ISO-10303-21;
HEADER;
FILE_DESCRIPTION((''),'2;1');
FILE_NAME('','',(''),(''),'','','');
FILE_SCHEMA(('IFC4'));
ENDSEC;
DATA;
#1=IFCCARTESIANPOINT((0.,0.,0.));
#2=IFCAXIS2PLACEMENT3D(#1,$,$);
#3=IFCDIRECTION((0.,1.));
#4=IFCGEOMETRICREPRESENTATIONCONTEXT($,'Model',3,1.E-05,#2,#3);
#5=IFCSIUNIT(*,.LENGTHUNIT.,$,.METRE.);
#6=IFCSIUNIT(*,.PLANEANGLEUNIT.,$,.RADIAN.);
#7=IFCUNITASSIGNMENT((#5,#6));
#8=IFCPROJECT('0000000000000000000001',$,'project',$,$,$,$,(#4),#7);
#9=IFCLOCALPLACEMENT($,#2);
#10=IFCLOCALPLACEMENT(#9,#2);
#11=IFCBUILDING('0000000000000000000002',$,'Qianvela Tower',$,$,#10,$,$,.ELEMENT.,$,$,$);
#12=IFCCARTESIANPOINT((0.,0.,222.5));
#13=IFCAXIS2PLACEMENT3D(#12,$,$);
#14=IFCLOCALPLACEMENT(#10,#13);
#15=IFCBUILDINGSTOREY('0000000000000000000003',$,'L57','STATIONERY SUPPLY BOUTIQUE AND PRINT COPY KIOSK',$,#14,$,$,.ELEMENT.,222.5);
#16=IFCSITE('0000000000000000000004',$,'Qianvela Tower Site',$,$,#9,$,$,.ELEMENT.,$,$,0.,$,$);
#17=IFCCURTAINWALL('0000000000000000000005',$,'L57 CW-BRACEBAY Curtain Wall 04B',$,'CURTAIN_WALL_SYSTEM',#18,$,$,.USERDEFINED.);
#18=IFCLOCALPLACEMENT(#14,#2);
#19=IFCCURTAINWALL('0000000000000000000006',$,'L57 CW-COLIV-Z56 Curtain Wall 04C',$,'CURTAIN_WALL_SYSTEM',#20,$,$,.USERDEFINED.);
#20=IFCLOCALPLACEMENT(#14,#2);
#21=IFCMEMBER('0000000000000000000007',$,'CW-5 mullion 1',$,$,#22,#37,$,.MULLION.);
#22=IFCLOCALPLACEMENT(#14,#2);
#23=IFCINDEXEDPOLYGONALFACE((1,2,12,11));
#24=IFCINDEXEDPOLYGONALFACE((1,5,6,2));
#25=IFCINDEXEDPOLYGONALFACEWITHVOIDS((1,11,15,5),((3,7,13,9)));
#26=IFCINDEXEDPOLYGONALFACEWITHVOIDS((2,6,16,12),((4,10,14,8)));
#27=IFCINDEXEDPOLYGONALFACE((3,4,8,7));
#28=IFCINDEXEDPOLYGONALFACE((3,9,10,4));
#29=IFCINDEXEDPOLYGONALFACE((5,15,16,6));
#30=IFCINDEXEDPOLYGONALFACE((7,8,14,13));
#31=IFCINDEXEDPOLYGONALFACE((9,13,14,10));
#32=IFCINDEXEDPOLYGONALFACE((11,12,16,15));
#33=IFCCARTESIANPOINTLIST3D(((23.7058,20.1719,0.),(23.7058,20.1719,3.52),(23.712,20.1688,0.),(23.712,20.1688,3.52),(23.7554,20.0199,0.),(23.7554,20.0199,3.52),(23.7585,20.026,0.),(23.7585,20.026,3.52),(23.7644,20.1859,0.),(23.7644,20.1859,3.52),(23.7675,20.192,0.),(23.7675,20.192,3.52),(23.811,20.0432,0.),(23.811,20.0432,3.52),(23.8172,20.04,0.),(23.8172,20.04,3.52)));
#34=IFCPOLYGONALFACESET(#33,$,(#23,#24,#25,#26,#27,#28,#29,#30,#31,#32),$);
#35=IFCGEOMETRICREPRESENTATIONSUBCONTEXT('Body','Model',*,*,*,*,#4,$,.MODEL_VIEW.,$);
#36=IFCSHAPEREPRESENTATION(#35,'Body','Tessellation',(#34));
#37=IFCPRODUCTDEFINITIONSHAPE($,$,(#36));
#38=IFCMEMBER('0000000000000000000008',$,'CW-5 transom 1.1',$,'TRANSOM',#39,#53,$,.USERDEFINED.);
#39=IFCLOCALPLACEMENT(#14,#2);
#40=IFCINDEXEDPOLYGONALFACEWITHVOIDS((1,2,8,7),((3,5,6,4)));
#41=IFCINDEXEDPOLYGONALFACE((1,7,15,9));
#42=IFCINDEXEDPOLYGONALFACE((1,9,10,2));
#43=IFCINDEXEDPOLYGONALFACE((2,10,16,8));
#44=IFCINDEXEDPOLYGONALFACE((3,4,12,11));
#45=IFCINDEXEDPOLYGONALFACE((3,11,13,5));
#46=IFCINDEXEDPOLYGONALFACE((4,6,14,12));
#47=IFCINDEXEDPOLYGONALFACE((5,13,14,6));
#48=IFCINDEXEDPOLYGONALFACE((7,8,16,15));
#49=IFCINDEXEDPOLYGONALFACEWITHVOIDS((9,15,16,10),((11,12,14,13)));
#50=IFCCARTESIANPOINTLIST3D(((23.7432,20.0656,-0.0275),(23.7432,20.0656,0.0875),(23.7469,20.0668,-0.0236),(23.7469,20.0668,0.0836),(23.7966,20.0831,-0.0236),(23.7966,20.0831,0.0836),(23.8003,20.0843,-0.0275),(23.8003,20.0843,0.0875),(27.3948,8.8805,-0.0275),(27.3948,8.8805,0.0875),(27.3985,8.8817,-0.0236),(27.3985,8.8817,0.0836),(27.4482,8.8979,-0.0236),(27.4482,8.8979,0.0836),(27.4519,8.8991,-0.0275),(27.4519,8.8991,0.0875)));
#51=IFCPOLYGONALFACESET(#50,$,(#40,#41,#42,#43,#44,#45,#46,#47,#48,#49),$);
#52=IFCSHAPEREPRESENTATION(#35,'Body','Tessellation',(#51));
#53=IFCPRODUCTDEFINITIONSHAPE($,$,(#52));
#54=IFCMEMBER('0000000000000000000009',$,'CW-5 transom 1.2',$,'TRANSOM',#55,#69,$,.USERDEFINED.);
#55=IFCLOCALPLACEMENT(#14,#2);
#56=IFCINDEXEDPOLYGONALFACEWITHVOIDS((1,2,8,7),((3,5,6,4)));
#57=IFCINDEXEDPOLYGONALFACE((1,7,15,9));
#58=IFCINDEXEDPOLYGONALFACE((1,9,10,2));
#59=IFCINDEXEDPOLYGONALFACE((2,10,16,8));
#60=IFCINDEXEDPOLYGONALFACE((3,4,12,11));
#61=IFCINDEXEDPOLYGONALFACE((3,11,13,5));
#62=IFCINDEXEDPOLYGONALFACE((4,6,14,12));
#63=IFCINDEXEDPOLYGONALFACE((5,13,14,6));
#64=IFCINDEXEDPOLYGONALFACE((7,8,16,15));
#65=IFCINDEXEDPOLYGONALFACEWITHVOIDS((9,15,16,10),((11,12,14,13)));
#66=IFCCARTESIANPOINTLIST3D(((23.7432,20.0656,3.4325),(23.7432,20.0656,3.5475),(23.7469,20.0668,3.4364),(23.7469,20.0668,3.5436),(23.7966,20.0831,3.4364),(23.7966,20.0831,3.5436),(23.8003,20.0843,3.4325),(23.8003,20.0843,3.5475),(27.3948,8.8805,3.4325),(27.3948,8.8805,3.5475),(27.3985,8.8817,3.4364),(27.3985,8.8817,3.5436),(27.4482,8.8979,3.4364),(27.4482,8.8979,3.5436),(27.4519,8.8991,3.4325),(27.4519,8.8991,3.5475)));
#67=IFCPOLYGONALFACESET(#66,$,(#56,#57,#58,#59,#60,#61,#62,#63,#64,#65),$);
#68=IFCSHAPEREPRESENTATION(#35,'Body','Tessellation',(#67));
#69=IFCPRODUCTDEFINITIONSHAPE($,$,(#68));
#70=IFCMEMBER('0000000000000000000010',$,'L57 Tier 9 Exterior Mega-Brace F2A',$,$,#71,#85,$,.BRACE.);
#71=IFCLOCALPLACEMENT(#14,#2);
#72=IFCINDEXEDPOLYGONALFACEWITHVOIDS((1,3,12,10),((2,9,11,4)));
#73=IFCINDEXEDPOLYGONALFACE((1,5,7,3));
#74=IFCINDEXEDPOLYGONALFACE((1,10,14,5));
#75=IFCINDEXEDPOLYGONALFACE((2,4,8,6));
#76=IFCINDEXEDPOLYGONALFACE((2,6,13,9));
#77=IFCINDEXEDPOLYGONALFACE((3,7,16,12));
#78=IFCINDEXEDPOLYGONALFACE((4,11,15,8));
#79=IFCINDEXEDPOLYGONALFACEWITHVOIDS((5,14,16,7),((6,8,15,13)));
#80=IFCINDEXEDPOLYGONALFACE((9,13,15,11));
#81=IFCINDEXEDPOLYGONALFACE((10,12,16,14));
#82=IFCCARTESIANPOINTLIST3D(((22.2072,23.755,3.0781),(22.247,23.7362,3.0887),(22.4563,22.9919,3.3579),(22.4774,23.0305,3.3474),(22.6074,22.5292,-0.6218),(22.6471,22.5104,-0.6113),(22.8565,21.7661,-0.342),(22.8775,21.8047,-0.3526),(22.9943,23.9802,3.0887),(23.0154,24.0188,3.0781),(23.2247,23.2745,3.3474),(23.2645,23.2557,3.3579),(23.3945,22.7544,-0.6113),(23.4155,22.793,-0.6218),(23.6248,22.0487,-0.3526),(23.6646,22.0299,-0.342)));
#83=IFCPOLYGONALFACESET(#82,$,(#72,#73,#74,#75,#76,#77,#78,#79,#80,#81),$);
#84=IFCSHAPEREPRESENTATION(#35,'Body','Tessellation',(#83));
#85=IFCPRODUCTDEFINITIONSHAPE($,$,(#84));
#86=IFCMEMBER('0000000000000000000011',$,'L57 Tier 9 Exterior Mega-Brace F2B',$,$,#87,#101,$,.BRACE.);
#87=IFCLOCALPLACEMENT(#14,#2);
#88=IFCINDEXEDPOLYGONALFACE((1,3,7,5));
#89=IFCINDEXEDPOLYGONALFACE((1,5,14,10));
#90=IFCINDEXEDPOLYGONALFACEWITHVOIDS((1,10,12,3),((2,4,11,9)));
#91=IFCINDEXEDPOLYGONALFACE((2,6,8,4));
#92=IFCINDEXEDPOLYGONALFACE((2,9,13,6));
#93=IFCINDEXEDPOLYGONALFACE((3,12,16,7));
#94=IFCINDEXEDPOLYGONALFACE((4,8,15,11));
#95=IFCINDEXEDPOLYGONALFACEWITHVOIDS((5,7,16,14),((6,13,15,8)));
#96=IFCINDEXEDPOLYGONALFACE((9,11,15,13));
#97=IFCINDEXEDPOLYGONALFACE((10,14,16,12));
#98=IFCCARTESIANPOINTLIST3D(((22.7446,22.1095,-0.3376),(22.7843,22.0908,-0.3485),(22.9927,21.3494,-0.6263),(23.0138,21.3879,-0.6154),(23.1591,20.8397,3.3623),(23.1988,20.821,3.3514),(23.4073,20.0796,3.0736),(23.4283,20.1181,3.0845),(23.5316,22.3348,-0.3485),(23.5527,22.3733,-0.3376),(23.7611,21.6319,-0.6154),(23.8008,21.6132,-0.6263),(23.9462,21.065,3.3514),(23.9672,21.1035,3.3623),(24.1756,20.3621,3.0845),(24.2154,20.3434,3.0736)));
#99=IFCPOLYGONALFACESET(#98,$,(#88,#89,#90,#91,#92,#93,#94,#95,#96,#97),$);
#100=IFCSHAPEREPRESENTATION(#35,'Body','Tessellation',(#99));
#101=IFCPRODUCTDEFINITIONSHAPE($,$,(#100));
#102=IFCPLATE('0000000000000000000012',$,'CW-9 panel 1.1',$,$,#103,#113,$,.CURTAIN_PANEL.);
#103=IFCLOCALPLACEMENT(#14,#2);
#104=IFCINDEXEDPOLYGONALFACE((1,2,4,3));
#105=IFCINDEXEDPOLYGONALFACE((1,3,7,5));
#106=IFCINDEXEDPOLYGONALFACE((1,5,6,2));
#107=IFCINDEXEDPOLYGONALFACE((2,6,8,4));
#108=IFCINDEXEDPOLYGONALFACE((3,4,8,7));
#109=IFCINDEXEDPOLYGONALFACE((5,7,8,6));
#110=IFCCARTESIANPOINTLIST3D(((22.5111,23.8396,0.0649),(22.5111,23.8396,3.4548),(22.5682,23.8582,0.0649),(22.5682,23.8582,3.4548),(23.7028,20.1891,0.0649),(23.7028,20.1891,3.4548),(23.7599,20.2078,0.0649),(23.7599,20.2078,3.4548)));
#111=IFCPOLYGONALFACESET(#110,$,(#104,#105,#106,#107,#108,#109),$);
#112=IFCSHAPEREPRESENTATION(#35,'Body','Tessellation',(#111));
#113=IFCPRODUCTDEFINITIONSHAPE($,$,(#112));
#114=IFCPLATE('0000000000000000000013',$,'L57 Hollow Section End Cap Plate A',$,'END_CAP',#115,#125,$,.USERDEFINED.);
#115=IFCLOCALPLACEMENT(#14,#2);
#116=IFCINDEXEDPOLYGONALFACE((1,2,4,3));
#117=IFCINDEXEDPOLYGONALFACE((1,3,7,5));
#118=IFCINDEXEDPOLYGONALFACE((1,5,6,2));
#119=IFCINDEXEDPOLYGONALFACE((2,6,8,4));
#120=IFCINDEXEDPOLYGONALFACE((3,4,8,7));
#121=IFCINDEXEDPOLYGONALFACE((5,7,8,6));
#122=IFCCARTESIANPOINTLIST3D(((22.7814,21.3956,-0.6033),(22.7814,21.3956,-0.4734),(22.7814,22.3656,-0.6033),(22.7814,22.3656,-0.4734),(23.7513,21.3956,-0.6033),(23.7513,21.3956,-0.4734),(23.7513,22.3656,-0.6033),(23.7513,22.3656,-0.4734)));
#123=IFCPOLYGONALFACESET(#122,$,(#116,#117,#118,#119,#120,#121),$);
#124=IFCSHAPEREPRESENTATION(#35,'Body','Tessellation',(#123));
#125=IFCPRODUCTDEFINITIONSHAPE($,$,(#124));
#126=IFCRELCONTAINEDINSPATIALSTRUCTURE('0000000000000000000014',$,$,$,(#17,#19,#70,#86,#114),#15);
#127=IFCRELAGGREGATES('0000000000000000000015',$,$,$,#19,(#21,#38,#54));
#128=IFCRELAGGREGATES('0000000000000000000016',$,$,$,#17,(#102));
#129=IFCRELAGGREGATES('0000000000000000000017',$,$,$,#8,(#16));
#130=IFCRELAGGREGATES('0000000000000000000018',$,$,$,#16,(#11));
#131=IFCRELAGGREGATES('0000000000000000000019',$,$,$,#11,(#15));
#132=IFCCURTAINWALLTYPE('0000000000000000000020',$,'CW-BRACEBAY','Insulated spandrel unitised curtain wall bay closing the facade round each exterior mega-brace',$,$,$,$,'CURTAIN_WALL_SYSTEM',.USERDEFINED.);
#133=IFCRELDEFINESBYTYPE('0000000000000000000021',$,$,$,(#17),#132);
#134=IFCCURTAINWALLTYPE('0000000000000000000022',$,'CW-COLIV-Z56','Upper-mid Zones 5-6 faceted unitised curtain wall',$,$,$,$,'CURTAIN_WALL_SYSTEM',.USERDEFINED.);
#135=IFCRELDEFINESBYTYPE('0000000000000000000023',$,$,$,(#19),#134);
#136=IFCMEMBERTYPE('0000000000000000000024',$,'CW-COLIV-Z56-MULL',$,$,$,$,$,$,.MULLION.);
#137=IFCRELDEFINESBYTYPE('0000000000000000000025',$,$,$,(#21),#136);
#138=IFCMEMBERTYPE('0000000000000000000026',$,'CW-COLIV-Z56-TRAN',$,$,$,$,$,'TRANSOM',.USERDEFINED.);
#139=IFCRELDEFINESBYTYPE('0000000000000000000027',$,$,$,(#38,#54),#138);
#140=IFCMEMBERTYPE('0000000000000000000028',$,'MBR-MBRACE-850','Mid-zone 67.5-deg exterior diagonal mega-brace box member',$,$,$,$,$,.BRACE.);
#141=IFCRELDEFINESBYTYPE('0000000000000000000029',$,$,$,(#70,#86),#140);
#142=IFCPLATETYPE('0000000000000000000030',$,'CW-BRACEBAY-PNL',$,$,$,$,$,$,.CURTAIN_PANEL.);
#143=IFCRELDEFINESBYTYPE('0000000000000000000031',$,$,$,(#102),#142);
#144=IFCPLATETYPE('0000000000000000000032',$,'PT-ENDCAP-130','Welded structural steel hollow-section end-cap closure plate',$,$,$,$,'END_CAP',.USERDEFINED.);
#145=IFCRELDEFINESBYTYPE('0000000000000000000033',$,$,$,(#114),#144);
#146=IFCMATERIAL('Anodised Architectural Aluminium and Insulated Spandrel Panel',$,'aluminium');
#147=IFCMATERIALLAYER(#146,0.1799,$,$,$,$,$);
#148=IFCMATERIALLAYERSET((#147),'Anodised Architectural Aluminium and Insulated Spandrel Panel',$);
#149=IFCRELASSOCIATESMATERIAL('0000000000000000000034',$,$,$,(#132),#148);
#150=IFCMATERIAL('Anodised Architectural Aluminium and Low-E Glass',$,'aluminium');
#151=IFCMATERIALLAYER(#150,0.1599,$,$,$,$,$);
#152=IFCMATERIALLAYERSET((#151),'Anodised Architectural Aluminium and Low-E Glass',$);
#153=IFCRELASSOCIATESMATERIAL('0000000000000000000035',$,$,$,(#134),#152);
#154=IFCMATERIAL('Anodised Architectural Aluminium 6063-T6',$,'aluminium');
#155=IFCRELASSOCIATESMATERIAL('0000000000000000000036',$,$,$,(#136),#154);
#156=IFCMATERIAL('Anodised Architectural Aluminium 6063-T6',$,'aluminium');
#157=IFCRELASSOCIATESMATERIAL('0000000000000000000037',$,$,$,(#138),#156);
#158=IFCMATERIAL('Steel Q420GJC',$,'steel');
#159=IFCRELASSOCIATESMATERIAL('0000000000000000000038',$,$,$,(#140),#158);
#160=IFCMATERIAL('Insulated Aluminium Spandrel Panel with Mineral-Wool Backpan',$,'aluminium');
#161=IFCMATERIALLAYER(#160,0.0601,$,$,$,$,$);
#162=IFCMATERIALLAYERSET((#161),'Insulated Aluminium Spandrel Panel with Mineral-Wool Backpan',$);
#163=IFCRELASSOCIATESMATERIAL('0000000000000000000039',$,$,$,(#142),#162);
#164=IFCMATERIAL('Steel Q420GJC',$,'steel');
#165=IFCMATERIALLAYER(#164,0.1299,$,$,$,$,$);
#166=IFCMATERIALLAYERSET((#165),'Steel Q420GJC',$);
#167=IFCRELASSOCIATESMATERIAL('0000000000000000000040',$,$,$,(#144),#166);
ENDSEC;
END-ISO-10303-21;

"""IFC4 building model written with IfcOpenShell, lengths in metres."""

from ifc_helpers import new_model, si_unit, direction, frame, origin, origin_2d, place, context, subcontext, project, spatial, rectangle, hollow_rectangle, extrude, material, layer, layer_set, material_profile, profile_set, type_object, element, aggregate, save


model = new_model("IFC4")

# Units and contexts
model_context = context("Model", 3, precision=1e-05, world=origin(), true_north=direction((0.0, 1.0)))
body_context = subcontext(model_context, "Body", "Model", "MODEL_VIEW")
ifc_project = project(units=[si_unit("LENGTHUNIT", "METRE"), si_unit("PLANEANGLEUNIT", "RADIAN")], contexts=[model_context])

# Site, building, storey
site_placement = place(None, origin())
site = spatial("IfcSite", under=ifc_project, at=site_placement, Name="Qianvela Tower Site", CompositionType="ELEMENT", RefElevation=0.0)
building_placement = place(site_placement, origin())
building = spatial("IfcBuilding", under=site, at=building_placement, Name="Qianvela Tower", CompositionType="ELEMENT")
storey_placement = place(building_placement, frame((0.0, 0.0, 222.5)))
storey = spatial("IfcBuildingStorey", under=building, at=storey_placement, Name="L57", Description="STATIONERY SUPPLY BOUTIQUE AND PRINT COPY KIOSK", CompositionType="ELEMENT", Elevation=222.5)

# Curtain wall
ifc_material_1 = material(Name="Anodised Architectural Aluminium and Insulated Spandrel Panel", Category="aluminium")
ifc_layer_1 = layer(ifc_material_1, 0.1799)
ifc_layer_set_1 = layer_set([ifc_layer_1], Name="Anodised Architectural Aluminium and Insulated Spandrel Panel")
curtain_wall_type_1 = type_object("IfcCurtainWallType", Name="CW-BRACEBAY", Description="Insulated spandrel unitised curtain wall bay closing the facade round each exterior mega-brace", ElementType="CURTAIN_WALL_SYSTEM", PredefinedType="USERDEFINED", material=ifc_layer_set_1)
curtain_wall_1_placement = place(storey_placement, origin())
curtain_wall_1 = element("IfcCurtainWall", 1, at=curtain_wall_1_placement, inside=storey, type_object=curtain_wall_type_1, Name="L57 CW-BRACEBAY Curtain Wall 04B", ObjectType="CURTAIN_WALL_SYSTEM", PredefinedType="USERDEFINED")

# Curtain wall, members
ifc_material_2 = material(Name="Anodised Architectural Aluminium and Low-E Glass", Category="aluminium")
ifc_layer_2 = layer(ifc_material_2, 0.1599)
ifc_layer_set_2 = layer_set([ifc_layer_2], Name="Anodised Architectural Aluminium and Low-E Glass")
curtain_wall_type_2 = type_object("IfcCurtainWallType", Name="CW-COLIV-Z56", Description="Upper-mid Zones 5-6 faceted unitised curtain wall", ElementType="CURTAIN_WALL_SYSTEM", PredefinedType="USERDEFINED", material=ifc_layer_set_2)
curtain_wall_2_placement = place(storey_placement, origin())
curtain_wall_2 = element("IfcCurtainWall", 2, at=curtain_wall_2_placement, inside=storey, type_object=curtain_wall_type_2, Name="L57 CW-COLIV-Z56 Curtain Wall 04C", ObjectType="CURTAIN_WALL_SYSTEM", PredefinedType="USERDEFINED")
ifc_material_3 = material(Name="Anodised Architectural Aluminium 6063-T6", Category="aluminium")
ifc_material_profile_1 = material_profile(ifc_material_3, hollow_rectangle(XDim=0.0649, YDim=0.1599, WallThickness=0.0049, at=origin_2d()), Name="ALU-MULL-65x160")
ifc_profile_set_1 = profile_set([ifc_material_profile_1], Name="Anodised Architectural Aluminium 6063-T6")
member_type_1 = type_object("IfcMemberType", Name="CW-COLIV-Z56-MULL", PredefinedType="MULLION", material=ifc_profile_set_1)
member_1_placement = place(storey_placement, frame((23.7615, 20.106, 0.0), z_axis=(0.0, 0.0, 1.0), x_axis=(0.950625, 0.310343, 0.0)))
member_1 = element("IfcMember", 3, at=member_1_placement, type_object=member_type_1, Name="CW-5 mullion 1", PredefinedType="MULLION", context=body_context, shape_type="SweptSolid", body=[
    extrude(hollow_rectangle(XDim=0.0649, YDim=0.1599, WallThickness=0.0049, at=origin_2d()), origin(), (0.0, 0.0, 1.0), 3.52),
])
ifc_material_4 = material(Name="Anodised Architectural Aluminium 6063-T6", Category="aluminium")
ifc_material_profile_2 = material_profile(ifc_material_4, hollow_rectangle(XDim=0.0601, YDim=0.115, WallThickness=0.0039, at=origin_2d()), Name="ALU-TRAN-60x115")
ifc_profile_set_2 = profile_set([ifc_material_profile_2], Name="Anodised Architectural Aluminium 6063-T6")
member_type_2 = type_object("IfcMemberType", Name="CW-COLIV-Z56-TRAN", ElementType="TRANSOM", PredefinedType="USERDEFINED", material=ifc_profile_set_2)
member_2_placement = place(storey_placement, frame((23.7717, 20.075, 0.03), z_axis=(0.310352, -0.950622, 0.0), x_axis=(0.950622, 0.310352, 0.0)))
member_2 = element("IfcMember", 4, at=member_2_placement, type_object=member_type_2, Name="CW-5 transom 1.1", ObjectType="TRANSOM", PredefinedType="USERDEFINED", context=body_context, shape_type="SweptSolid", body=[
    extrude(hollow_rectangle(XDim=0.0601, YDim=0.115, WallThickness=0.0039, at=origin_2d()), origin(), (0.0, 0.0, 1.0), 11.7661),
])
member_3_placement = place(storey_placement, frame((23.7717, 20.075, 3.49), z_axis=(0.310352, -0.950622, 0.0), x_axis=(0.950622, 0.310352, 0.0)))
member_3 = element("IfcMember", 5, at=member_3_placement, type_object=member_type_2, Name="CW-5 transom 1.2", ObjectType="TRANSOM", PredefinedType="USERDEFINED", context=body_context, shape_type="SweptSolid", body=[
    extrude(hollow_rectangle(XDim=0.0601, YDim=0.115, WallThickness=0.0039, at=origin_2d()), origin(), (0.0, 0.0, 1.0), 11.7661),
])
aggregate(curtain_wall_2, [member_1, member_2, member_3])

# Members
ifc_material_5 = material(Name="Steel Q420GJC", Category="steel")
ifc_material_profile_3 = material_profile(ifc_material_5, hollow_rectangle(XDim=0.8501, YDim=0.8501, WallThickness=0.032, at=origin_2d()), Name="MBOX-850x850x32")
ifc_profile_set_3 = profile_set([ifc_material_profile_3], Name="Steel Q420GJC")
member_type_3 = type_object("IfcMemberType", Name="MBR-MBRACE-850", Description="Mid-zone 67.5-deg exterior diagonal mega-brace box member", PredefinedType="BRACE", material=ifc_profile_set_3)
member_4_placement = place(storey_placement, frame((23.136, 22.2795, -0.4819), z_axis=(-0.102125, 0.312854, 0.944295), x_axis=(-0.950634, -0.310314, 0.0)))
element("IfcMember", 6, at=member_4_placement, inside=storey, type_object=member_type_3, Name="L57 Tier 9 Exterior Mega-Brace F2A", PredefinedType="BRACE", context=body_context, shape_type="SweptSolid", body=[
    extrude(hollow_rectangle(XDim=0.8501, YDim=0.8501, WallThickness=0.032, at=origin_2d()), origin(), (0.0, 0.0, 1.0), 3.9182),
])
member_5_placement = place(storey_placement, frame((23.2727, 21.8613, -0.4819), z_axis=(0.105385, -0.322796, 0.940583), x_axis=(0.950621, 0.310355, 0.0)))
element("IfcMember", 7, at=member_5_placement, inside=storey, type_object=member_type_3, Name="L57 Tier 9 Exterior Mega-Brace F2B", PredefinedType="BRACE", context=body_context, shape_type="SweptSolid", body=[
    extrude(hollow_rectangle(XDim=0.8501, YDim=0.8501, WallThickness=0.032, at=origin_2d()), origin(), (0.0, 0.0, 1.0), 3.9336),
])

# Plates
ifc_material_6 = material(Name="Insulated Aluminium Spandrel Panel with Mineral-Wool Backpan", Category="aluminium")
ifc_layer_3 = layer(ifc_material_6, 0.0601)
ifc_layer_set_3 = layer_set([ifc_layer_3], Name="Insulated Aluminium Spandrel Panel with Mineral-Wool Backpan")
plate_type_1 = type_object("IfcPlateType", Name="CW-BRACEBAY-PNL", PredefinedType="CURTAIN_PANEL", material=ifc_layer_set_3)
plate_1_placement = place(storey_placement, frame((23.1355, 22.0237, 0.0649), z_axis=(0.0, 0.0, 1.0), x_axis=(0.31035, -0.950622, 0.0)))
plate_1 = element("IfcPlate", 8, at=plate_1_placement, type_object=plate_type_1, Name="CW-9 panel 1.1", PredefinedType="CURTAIN_PANEL", context=body_context, shape_type="SweptSolid", body=[
    extrude(rectangle(XDim=3.8401, YDim=0.0601, at=origin_2d()), origin(), (0.0, 0.0, 1.0), 3.3899),
])
aggregate(curtain_wall_1, [plate_1])
ifc_material_7 = material(Name="Steel Q420GJC", Category="steel")
ifc_layer_4 = layer(ifc_material_7, 0.1299)
ifc_layer_set_4 = layer_set([ifc_layer_4], Name="Steel Q420GJC")
plate_type_2 = type_object("IfcPlateType", Name="PT-ENDCAP-130", Description="Welded structural steel hollow-section end-cap closure plate", ElementType="END_CAP", PredefinedType="USERDEFINED", material=ifc_layer_set_4)
plate_2_placement = place(storey_placement, frame((23.2664, 21.8806, -0.6033), z_axis=(0.0, 0.0, 1.0), x_axis=(1.0, 0.0, 0.0)))
element("IfcPlate", 9, at=plate_2_placement, inside=storey, type_object=plate_type_2, Name="L57 Hollow Section End Cap Plate A", ObjectType="END_CAP", PredefinedType="USERDEFINED", context=body_context, shape_type="SweptSolid", body=[
    extrude(rectangle(XDim=0.97, YDim=0.97, at=origin_2d()), origin(), (0.0, 0.0, 1.0), 0.1299),
])

save(model, "model.ifc")
